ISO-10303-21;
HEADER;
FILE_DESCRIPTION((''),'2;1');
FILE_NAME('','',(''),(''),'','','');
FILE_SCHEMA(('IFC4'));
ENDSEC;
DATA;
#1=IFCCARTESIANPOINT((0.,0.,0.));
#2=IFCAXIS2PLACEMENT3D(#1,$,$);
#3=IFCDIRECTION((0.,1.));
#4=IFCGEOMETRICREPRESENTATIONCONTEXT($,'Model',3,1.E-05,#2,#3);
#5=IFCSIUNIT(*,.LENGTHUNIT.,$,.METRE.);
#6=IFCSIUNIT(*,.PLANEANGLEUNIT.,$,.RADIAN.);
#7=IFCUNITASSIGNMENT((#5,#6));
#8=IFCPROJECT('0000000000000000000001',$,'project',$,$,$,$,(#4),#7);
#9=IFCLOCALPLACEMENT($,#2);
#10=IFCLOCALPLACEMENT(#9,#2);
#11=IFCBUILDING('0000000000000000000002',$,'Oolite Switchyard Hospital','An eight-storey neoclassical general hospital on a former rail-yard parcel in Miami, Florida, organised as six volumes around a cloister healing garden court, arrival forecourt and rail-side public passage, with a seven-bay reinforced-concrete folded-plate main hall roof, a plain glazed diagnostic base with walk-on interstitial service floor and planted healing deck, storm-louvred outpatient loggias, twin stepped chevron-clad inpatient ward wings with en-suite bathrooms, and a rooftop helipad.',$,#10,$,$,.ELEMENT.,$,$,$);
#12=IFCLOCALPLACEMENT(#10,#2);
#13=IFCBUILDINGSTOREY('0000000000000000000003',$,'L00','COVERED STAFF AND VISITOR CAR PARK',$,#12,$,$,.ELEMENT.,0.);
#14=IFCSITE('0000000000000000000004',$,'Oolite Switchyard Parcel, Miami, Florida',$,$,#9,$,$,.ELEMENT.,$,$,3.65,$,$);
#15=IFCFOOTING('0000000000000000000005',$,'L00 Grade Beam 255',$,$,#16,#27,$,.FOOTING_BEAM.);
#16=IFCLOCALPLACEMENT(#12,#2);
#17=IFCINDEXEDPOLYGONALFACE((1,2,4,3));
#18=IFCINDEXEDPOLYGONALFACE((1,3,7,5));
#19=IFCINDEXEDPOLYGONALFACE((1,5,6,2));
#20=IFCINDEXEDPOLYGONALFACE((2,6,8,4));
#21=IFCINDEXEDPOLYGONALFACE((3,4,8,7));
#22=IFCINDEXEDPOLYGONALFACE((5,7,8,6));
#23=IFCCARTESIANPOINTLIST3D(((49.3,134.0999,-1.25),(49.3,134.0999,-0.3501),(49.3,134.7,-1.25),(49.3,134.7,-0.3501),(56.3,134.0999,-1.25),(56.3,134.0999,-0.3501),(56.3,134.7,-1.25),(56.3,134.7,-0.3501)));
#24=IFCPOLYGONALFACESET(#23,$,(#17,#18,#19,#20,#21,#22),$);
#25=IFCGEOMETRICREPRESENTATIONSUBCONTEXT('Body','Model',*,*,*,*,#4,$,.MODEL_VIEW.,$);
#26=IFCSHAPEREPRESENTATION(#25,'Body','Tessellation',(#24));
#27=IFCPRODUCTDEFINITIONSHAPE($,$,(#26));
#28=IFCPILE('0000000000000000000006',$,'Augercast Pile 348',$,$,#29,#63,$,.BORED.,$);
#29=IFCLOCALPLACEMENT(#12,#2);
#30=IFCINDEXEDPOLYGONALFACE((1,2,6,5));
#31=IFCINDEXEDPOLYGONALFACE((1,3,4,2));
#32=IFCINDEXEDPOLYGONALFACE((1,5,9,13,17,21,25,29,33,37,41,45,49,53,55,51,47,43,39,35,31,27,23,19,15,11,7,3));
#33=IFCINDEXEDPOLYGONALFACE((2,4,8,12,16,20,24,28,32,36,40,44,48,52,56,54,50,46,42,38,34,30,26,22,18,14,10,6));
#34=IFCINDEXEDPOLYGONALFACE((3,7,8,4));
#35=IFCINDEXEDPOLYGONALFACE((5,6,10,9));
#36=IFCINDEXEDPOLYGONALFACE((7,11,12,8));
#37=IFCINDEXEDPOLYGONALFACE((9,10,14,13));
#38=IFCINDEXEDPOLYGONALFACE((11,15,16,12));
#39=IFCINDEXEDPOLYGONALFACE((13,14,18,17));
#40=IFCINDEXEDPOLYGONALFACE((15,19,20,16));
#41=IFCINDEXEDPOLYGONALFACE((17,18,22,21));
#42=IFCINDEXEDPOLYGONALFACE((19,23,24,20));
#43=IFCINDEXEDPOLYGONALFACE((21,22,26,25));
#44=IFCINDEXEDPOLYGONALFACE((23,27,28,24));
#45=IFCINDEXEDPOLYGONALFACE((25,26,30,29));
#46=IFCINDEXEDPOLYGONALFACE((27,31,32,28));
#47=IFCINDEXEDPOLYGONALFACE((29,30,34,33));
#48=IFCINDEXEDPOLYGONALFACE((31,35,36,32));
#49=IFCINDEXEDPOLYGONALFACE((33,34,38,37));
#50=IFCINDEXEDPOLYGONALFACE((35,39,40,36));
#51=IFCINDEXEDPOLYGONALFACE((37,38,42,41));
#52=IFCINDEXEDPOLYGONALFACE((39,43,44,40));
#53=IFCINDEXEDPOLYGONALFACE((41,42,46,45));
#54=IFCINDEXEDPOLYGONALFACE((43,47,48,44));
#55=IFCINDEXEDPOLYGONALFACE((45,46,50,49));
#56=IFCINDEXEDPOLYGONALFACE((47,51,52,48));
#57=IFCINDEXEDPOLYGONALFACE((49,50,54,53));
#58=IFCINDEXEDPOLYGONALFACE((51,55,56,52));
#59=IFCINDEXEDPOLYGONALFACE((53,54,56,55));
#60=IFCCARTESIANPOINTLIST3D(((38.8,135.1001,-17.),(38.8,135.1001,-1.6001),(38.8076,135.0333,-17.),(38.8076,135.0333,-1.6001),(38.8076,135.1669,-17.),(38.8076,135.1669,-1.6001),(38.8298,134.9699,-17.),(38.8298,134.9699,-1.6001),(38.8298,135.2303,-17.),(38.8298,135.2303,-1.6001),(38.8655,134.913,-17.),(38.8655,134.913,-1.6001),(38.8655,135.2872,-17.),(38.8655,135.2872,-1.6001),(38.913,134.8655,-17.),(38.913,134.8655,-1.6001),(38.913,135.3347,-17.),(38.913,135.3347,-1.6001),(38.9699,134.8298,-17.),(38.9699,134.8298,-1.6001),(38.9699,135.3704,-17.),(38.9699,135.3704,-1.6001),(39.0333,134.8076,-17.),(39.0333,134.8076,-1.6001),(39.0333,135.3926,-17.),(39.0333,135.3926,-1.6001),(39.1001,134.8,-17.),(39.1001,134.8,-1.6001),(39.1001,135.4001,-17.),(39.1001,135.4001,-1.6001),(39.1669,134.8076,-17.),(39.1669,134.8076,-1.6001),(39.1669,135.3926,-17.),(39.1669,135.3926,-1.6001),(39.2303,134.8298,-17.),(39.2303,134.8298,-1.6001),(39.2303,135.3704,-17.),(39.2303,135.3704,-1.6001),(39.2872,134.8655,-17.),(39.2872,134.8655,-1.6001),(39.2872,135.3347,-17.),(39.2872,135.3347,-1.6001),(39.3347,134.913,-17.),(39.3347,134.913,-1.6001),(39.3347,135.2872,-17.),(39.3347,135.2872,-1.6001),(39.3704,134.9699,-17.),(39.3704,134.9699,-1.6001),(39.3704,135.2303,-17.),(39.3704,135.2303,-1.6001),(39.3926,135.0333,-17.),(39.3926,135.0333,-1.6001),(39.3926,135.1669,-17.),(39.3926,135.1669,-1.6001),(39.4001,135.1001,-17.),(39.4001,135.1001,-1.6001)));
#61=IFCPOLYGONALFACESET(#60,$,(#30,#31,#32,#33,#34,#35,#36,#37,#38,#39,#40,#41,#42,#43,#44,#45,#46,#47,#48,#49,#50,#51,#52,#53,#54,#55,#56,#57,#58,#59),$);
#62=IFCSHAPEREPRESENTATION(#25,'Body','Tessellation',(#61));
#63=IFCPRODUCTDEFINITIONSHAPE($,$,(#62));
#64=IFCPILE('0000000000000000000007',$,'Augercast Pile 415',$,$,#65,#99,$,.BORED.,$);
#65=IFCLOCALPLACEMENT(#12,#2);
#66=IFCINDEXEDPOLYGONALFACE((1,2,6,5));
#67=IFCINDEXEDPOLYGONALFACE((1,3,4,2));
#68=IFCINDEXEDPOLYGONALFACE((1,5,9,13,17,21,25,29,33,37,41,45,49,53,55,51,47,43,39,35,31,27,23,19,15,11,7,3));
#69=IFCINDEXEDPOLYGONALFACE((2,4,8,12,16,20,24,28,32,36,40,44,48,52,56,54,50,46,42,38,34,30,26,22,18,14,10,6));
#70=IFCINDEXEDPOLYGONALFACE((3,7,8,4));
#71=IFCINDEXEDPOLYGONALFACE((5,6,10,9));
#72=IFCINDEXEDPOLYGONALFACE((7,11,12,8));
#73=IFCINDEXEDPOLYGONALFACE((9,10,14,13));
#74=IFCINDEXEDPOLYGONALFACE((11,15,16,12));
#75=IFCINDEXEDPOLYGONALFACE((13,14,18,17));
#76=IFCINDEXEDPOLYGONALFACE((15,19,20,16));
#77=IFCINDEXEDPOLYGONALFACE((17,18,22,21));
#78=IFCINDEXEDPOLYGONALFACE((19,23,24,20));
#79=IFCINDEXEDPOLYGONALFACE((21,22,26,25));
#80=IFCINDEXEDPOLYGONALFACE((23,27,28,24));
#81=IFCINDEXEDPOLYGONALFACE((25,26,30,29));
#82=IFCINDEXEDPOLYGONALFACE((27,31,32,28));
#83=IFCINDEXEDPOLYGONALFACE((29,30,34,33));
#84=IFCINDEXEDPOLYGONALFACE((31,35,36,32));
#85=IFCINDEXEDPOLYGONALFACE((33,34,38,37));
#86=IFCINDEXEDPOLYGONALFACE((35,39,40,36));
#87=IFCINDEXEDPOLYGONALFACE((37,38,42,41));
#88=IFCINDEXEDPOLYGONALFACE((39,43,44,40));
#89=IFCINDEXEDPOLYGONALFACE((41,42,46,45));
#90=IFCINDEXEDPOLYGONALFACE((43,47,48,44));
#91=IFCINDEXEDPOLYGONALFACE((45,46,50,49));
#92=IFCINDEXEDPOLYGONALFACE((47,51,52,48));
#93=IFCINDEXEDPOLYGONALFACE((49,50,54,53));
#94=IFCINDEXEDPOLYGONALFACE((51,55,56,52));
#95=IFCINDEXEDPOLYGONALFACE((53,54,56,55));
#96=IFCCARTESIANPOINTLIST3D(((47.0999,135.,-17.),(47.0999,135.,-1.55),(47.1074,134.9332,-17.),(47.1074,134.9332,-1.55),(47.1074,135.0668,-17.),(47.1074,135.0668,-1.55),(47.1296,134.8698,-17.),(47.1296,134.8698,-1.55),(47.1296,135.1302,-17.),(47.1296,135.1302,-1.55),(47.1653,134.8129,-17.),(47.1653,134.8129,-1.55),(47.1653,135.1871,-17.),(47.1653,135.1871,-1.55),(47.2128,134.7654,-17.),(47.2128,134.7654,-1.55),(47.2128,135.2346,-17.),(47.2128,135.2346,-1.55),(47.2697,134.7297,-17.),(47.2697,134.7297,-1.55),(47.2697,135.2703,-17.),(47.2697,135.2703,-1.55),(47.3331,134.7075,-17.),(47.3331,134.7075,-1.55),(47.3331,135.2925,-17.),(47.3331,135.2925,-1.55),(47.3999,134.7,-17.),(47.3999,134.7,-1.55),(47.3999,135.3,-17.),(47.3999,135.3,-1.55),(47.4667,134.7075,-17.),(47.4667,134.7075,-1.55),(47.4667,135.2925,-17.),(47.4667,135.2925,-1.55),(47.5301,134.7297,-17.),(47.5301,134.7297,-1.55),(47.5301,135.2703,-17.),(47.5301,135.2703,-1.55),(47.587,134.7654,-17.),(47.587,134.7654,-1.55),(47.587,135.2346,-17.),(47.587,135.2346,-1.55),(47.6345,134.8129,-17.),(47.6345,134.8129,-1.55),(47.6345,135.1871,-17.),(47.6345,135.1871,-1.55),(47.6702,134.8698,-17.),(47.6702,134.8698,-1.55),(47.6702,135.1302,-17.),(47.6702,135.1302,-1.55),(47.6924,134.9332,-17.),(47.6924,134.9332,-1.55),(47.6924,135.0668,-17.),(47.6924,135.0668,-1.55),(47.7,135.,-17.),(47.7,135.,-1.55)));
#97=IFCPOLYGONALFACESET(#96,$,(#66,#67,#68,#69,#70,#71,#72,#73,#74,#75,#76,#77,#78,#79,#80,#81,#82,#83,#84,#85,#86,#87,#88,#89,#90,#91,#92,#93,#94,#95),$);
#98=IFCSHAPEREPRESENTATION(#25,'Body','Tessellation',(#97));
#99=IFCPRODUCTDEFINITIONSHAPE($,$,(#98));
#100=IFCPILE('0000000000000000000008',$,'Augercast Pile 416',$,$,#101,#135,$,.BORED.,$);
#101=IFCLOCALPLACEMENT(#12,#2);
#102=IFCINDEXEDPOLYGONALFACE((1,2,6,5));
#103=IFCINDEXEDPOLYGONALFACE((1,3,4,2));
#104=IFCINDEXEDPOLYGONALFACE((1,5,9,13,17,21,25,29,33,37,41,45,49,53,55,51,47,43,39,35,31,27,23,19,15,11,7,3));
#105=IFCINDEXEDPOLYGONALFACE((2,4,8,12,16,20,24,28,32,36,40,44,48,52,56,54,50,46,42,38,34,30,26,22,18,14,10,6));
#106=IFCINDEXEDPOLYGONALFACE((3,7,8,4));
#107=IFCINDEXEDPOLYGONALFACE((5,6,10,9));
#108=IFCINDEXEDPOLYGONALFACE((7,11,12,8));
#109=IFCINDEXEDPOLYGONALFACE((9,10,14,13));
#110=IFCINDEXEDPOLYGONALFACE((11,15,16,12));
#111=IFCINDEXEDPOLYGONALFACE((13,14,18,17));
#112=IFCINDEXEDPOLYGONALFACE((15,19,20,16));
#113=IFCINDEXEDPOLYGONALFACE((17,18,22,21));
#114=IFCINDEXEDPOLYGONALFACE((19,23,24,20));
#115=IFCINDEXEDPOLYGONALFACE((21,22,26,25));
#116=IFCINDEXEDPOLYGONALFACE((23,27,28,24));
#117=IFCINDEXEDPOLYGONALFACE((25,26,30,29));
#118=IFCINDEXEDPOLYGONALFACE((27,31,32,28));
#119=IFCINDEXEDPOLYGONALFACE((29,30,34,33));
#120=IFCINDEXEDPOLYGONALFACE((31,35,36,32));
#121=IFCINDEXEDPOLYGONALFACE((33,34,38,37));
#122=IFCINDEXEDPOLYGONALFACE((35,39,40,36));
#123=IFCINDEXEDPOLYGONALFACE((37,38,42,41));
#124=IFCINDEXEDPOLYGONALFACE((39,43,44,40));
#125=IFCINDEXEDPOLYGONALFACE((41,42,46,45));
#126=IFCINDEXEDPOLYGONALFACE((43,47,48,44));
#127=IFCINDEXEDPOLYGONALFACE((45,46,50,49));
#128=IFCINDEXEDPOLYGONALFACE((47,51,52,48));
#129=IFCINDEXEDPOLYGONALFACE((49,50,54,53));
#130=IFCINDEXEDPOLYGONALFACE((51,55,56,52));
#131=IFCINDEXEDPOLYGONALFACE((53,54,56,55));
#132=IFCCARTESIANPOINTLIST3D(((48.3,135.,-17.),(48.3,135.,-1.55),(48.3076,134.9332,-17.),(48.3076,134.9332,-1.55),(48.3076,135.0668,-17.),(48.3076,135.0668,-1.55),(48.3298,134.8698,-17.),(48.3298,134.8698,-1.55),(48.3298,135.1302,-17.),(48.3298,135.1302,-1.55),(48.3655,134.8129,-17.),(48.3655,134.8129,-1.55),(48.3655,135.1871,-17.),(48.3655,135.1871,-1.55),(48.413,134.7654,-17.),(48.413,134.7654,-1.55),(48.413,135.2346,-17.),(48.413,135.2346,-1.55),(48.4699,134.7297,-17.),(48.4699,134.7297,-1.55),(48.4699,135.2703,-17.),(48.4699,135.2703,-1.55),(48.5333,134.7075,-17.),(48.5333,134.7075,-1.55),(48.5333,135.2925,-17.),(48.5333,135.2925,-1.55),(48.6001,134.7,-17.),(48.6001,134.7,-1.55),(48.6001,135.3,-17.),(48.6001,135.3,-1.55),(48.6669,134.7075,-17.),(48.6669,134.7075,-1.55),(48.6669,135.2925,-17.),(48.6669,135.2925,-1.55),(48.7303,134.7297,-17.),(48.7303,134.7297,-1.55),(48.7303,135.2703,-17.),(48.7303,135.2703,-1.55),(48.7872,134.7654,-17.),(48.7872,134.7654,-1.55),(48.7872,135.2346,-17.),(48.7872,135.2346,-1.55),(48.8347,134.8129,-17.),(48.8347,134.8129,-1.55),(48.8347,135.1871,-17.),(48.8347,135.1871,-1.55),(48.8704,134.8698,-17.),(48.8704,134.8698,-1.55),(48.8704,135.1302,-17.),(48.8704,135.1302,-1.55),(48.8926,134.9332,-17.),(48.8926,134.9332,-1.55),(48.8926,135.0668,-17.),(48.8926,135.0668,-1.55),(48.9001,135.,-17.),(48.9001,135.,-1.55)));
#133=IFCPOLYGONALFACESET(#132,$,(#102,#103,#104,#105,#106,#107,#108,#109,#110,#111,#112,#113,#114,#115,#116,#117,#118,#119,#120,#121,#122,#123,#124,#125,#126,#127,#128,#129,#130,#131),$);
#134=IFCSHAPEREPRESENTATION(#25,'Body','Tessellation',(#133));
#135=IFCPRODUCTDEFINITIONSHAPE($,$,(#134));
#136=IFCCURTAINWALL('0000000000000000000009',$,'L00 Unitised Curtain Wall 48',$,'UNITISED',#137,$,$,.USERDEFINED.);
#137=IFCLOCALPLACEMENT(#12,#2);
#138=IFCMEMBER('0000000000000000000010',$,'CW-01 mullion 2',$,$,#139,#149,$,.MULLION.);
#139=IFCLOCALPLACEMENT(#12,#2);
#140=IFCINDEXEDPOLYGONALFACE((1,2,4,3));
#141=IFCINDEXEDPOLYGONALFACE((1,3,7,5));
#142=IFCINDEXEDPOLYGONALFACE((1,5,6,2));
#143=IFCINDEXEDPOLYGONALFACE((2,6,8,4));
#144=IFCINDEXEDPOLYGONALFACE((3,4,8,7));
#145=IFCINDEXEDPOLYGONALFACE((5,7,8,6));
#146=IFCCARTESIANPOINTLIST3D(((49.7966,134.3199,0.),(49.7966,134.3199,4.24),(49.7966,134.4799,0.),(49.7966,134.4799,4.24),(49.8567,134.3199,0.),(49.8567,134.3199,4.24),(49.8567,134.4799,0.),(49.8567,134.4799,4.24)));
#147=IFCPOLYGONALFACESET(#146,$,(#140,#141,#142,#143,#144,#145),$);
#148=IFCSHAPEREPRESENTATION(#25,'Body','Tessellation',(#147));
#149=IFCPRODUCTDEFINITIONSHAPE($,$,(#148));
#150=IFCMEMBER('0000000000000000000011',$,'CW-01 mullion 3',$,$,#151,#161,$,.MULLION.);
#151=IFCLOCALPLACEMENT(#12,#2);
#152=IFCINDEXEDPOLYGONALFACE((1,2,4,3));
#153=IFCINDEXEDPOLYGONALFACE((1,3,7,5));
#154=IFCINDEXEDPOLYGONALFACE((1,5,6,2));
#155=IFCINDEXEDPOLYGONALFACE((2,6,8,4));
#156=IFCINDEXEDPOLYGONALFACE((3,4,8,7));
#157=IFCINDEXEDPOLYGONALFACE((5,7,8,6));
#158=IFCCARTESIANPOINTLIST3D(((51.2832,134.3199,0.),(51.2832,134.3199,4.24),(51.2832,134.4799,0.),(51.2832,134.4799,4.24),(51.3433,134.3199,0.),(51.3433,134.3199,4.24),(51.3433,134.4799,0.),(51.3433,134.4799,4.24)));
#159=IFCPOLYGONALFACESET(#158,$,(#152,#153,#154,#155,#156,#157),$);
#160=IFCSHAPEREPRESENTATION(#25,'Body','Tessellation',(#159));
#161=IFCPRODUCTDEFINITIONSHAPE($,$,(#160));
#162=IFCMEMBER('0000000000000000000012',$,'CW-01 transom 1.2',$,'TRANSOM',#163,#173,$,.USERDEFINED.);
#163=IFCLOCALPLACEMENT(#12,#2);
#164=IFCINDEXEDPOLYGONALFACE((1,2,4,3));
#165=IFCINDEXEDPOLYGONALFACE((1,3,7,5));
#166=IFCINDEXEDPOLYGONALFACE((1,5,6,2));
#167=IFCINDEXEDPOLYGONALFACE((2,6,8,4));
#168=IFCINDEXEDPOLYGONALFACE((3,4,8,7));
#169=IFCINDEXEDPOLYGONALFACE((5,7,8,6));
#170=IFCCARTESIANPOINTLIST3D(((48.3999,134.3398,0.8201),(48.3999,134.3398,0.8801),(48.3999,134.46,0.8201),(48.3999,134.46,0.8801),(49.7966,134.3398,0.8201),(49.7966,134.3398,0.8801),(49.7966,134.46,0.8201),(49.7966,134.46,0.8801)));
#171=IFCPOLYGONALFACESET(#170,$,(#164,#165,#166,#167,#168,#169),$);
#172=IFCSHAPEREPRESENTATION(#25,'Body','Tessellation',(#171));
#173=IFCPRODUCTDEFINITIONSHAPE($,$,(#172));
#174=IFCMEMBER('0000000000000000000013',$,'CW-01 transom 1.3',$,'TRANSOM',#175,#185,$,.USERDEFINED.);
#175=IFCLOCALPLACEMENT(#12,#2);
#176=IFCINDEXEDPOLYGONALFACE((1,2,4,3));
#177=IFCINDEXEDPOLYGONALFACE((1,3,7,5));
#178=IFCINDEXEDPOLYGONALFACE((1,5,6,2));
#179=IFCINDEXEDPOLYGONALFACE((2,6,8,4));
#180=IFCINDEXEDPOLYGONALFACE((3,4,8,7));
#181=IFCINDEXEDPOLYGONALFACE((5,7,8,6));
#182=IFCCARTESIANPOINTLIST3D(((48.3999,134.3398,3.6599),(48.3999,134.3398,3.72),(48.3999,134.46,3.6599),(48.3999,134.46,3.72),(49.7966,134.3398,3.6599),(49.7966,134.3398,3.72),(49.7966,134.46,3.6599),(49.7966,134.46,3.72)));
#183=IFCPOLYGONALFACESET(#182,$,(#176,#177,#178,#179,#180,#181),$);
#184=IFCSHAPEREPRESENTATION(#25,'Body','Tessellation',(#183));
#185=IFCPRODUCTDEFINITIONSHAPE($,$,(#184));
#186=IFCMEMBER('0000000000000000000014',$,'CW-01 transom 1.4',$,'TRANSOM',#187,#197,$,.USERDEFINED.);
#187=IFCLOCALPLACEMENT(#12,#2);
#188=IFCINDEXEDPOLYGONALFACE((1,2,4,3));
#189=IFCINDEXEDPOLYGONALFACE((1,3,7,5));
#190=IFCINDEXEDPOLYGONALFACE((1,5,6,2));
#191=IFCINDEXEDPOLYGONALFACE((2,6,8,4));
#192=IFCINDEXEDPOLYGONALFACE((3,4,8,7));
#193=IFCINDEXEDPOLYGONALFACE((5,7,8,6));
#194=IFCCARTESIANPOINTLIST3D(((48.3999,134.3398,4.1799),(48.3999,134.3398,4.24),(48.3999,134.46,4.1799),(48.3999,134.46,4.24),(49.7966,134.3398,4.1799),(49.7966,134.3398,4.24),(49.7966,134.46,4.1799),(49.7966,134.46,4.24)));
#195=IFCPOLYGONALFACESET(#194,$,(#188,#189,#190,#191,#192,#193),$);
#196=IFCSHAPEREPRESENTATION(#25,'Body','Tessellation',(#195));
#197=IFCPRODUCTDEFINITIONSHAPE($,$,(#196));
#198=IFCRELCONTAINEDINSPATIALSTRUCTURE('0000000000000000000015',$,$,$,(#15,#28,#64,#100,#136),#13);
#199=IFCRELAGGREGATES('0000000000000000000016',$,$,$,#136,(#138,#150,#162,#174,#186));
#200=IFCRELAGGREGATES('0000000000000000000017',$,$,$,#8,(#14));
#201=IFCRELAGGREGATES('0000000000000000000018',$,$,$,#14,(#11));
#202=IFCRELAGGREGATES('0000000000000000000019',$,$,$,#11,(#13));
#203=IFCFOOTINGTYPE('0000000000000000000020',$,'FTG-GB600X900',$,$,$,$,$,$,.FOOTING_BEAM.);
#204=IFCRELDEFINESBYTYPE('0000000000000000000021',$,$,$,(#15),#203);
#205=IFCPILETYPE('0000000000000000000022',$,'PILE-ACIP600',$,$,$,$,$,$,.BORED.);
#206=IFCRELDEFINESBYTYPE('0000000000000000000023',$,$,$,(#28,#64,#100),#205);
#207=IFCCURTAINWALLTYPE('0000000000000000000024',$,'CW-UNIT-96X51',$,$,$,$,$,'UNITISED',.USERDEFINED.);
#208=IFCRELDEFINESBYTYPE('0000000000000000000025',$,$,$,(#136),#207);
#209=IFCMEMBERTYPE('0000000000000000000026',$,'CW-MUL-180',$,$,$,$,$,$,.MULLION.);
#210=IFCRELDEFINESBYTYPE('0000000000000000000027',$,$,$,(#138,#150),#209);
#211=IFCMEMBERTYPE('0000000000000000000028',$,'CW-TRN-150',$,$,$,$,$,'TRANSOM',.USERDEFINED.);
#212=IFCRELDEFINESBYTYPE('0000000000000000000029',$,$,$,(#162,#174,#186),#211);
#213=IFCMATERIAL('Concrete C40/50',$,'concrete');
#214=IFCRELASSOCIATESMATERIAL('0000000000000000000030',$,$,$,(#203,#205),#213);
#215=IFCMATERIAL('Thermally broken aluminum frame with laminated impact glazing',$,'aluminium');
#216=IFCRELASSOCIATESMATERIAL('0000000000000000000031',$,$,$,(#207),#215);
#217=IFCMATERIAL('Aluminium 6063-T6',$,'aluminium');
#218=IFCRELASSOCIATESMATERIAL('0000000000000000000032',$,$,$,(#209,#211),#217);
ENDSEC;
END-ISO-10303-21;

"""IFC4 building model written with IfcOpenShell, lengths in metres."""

from ifc_helpers import new_model, si_unit, direction, frame, origin, origin_2d, place, context, subcontext, project, spatial, rectangle, circle, extrude, material, material_profile, profile_set, type_object, element, aggregate, save


model = new_model("IFC4")

# Units and contexts
model_context = context("Model", 3, precision=1e-05, world=origin(), true_north=direction((0.0, 1.0)))
body_context = subcontext(model_context, "Body", "Model", "MODEL_VIEW")
ifc_project = project(units=[si_unit("LENGTHUNIT", "METRE"), si_unit("PLANEANGLEUNIT", "RADIAN")], contexts=[model_context])

# Site, building, storey
site_placement = place(None, origin())
site = spatial("IfcSite", under=ifc_project, at=site_placement, Name="Oolite Switchyard Parcel, Miami, Florida", CompositionType="ELEMENT", RefElevation=3.65)
building_placement = place(site_placement, origin())
building = spatial("IfcBuilding", under=site, at=building_placement, Name="Oolite Switchyard Hospital", Description="An eight-storey neoclassical general hospital on a former rail-yard parcel in Miami, Florida, organised as six volumes around a cloister healing garden court, arrival forecourt and rail-side public passage, with a seven-bay reinforced-concrete folded-plate main hall roof, a plain glazed diagnostic base with walk-on interstitial service floor and planted healing deck, storm-louvred outpatient loggias, twin stepped chevron-clad inpatient ward wings with en-suite bathrooms, and a rooftop helipad.", CompositionType="ELEMENT")
storey_placement = place(building_placement, origin())
storey = spatial("IfcBuildingStorey", under=building, at=storey_placement, Name="L00", Description="COVERED STAFF AND VISITOR CAR PARK", CompositionType="ELEMENT", Elevation=0.0)

# Footing
ifc_material_1 = material(Name="Concrete C40/50", Category="concrete")
footing_type = type_object("IfcFootingType", Name="FTG-GB600X900", PredefinedType="FOOTING_BEAM", material=ifc_material_1)
footing_placement = place(storey_placement, frame((52.8, 134.3999, -1.25), z_axis=(0.0, 0.0, 1.0), x_axis=(1.0, 0.0, 0.0)))
element("IfcFooting", 1, at=footing_placement, inside=storey, type_object=footing_type, Name="L00 Grade Beam 255", PredefinedType="FOOTING_BEAM", context=body_context, shape_type="SweptSolid", body=[
    extrude(rectangle(XDim=7.0, YDim=0.6001, at=origin_2d()), origin(), (0.0, 0.0, 1.0), 0.8999),
])

# Piles
ifc_material_profile_1 = material_profile(ifc_material_1, circle(Radius=0.3, at=origin_2d()), Name="PILE600")
ifc_profile_set_1 = profile_set([ifc_material_profile_1], Name="Concrete C40/50")
pile_type = type_object("IfcPileType", Name="PILE-ACIP600", PredefinedType="BORED", material=ifc_profile_set_1)
pile_placement = place(storey_placement, frame((39.1001, 135.1001, -1.6001), z_axis=(0.0, 0.0, -1.0), x_axis=(1.0, 0.0, 0.0)))
element("IfcPile", 2, at=pile_placement, inside=storey, type_object=pile_type, Name="Augercast Pile 348", PredefinedType="BORED", context=body_context, shape_type="SweptSolid", body=[
    extrude(circle(Radius=0.3, at=origin_2d()), origin(), (0.0, 0.0, 1.0), 15.3999),
])
for number, where, z_axis, x_axis, name in (
    (3, (47.3999, 135.0, -1.55), (0.0, 0.0, -1.0), (1.0, 0.0, 0.0), "Augercast Pile 415"),
    (4, (48.6001, 135.0, -1.55), (0.0, 0.0, -1.0), (1.0, 0.0, 0.0), "Augercast Pile 416"),
):
    element("IfcPile", number, at=place(storey_placement, frame(where, z_axis=z_axis, x_axis=x_axis)), inside=storey, type_object=pile_type, Name=name, PredefinedType="BORED", context=body_context, shape_type="SweptSolid", body=[
        extrude(circle(Radius=0.3, at=origin_2d()), origin(), (0.0, 0.0, 1.0), 15.45),
    ])

# Curtain wall, members
ifc_material_2 = material(Name="Thermally broken aluminum frame with laminated impact glazing", Category="aluminium")
curtain_wall_type = type_object("IfcCurtainWallType", Name="CW-UNIT-96X51", ElementType="UNITISED", PredefinedType="USERDEFINED", material=ifc_material_2)
curtain_wall_placement = place(storey_placement, origin())
curtain_wall = element("IfcCurtainWall", 5, at=curtain_wall_placement, inside=storey, type_object=curtain_wall_type, Name="L00 Unitised Curtain Wall 48", ObjectType="UNITISED", PredefinedType="USERDEFINED")
ifc_material_3 = material(Name="Aluminium 6063-T6", Category="aluminium")
ifc_material_profile_2 = material_profile(ifc_material_3, rectangle(XDim=0.1599, YDim=0.0601, at=origin_2d()), Name="CWM60X160")
ifc_profile_set_2 = profile_set([ifc_material_profile_2], Name="Aluminium 6063-T6")
member_type_1 = type_object("IfcMemberType", Name="CW-MUL-180", PredefinedType="MULLION", material=ifc_profile_set_2)
member_1_placement = place(storey_placement, frame((49.8267, 134.3999, 0.0), z_axis=(0.0, 0.0, 1.0), x_axis=(0.0, 1.0, 0.0)))
member_1 = element("IfcMember", 6, at=member_1_placement, type_object=member_type_1, Name="CW-01 mullion 2", PredefinedType="MULLION", context=body_context, shape_type="SweptSolid", body=[
    extrude(rectangle(XDim=0.1599, YDim=0.0601, at=origin_2d()), origin(), (0.0, 0.0, 1.0), 4.24),
])
member_2_placement = place(storey_placement, frame((51.3132, 134.3999, 0.0), z_axis=(0.0, 0.0, 1.0), x_axis=(0.0, 1.0, 0.0)))
member_2 = element("IfcMember", 7, at=member_2_placement, type_object=member_type_1, Name="CW-01 mullion 3", PredefinedType="MULLION", context=body_context, shape_type="SweptSolid", body=[
    extrude(rectangle(XDim=0.1599, YDim=0.0601, at=origin_2d()), origin(), (0.0, 0.0, 1.0), 4.24),
])
ifc_material_profile_3 = material_profile(ifc_material_3, rectangle(XDim=0.1201, YDim=0.0601, at=origin_2d()), Name="CWT60X120")
ifc_profile_set_3 = profile_set([ifc_material_profile_3], Name="Aluminium 6063-T6")
member_type_2 = type_object("IfcMemberType", Name="CW-TRN-150", ElementType="TRANSOM", PredefinedType="USERDEFINED", material=ifc_profile_set_3)
member_3_placement = place(storey_placement, frame((48.3999, 134.3999, 0.8501), z_axis=(1.0, 0.0, 0.0), x_axis=(0.0, 1.0, 0.0)))
member_3 = element("IfcMember", 8, at=member_3_placement, type_object=member_type_2, Name="CW-01 transom 1.2", ObjectType="TRANSOM", PredefinedType="USERDEFINED", context=body_context, shape_type="SweptSolid", body=[
    extrude(rectangle(XDim=0.1201, YDim=0.0601, at=origin_2d()), origin(), (0.0, 0.0, 1.0), 1.3967),
])
member_4_placement = place(storey_placement, frame((48.3999, 134.3999, 3.6899), z_axis=(1.0, 0.0, 0.0), x_axis=(0.0, 1.0, 0.0)))
member_4 = element("IfcMember", 9, at=member_4_placement, type_object=member_type_2, Name="CW-01 transom 1.3", ObjectType="TRANSOM", PredefinedType="USERDEFINED", context=body_context, shape_type="SweptSolid", body=[
    extrude(rectangle(XDim=0.1201, YDim=0.0601, at=origin_2d()), origin(), (0.0, 0.0, 1.0), 1.3967),
])
member_5_placement = place(storey_placement, frame((48.3999, 134.3999, 4.21), z_axis=(1.0, 0.0, 0.0), x_axis=(0.0, 1.0, 0.0)))
member_5 = element("IfcMember", 10, at=member_5_placement, type_object=member_type_2, Name="CW-01 transom 1.4", ObjectType="TRANSOM", PredefinedType="USERDEFINED", context=body_context, shape_type="SweptSolid", body=[
    extrude(rectangle(XDim=0.1201, YDim=0.0601, at=origin_2d()), origin(), (0.0, 0.0, 1.0), 1.3967),
])
aggregate(curtain_wall, [member_1, member_2, member_3, member_4, member_5])

save(model, "model.ifc")
